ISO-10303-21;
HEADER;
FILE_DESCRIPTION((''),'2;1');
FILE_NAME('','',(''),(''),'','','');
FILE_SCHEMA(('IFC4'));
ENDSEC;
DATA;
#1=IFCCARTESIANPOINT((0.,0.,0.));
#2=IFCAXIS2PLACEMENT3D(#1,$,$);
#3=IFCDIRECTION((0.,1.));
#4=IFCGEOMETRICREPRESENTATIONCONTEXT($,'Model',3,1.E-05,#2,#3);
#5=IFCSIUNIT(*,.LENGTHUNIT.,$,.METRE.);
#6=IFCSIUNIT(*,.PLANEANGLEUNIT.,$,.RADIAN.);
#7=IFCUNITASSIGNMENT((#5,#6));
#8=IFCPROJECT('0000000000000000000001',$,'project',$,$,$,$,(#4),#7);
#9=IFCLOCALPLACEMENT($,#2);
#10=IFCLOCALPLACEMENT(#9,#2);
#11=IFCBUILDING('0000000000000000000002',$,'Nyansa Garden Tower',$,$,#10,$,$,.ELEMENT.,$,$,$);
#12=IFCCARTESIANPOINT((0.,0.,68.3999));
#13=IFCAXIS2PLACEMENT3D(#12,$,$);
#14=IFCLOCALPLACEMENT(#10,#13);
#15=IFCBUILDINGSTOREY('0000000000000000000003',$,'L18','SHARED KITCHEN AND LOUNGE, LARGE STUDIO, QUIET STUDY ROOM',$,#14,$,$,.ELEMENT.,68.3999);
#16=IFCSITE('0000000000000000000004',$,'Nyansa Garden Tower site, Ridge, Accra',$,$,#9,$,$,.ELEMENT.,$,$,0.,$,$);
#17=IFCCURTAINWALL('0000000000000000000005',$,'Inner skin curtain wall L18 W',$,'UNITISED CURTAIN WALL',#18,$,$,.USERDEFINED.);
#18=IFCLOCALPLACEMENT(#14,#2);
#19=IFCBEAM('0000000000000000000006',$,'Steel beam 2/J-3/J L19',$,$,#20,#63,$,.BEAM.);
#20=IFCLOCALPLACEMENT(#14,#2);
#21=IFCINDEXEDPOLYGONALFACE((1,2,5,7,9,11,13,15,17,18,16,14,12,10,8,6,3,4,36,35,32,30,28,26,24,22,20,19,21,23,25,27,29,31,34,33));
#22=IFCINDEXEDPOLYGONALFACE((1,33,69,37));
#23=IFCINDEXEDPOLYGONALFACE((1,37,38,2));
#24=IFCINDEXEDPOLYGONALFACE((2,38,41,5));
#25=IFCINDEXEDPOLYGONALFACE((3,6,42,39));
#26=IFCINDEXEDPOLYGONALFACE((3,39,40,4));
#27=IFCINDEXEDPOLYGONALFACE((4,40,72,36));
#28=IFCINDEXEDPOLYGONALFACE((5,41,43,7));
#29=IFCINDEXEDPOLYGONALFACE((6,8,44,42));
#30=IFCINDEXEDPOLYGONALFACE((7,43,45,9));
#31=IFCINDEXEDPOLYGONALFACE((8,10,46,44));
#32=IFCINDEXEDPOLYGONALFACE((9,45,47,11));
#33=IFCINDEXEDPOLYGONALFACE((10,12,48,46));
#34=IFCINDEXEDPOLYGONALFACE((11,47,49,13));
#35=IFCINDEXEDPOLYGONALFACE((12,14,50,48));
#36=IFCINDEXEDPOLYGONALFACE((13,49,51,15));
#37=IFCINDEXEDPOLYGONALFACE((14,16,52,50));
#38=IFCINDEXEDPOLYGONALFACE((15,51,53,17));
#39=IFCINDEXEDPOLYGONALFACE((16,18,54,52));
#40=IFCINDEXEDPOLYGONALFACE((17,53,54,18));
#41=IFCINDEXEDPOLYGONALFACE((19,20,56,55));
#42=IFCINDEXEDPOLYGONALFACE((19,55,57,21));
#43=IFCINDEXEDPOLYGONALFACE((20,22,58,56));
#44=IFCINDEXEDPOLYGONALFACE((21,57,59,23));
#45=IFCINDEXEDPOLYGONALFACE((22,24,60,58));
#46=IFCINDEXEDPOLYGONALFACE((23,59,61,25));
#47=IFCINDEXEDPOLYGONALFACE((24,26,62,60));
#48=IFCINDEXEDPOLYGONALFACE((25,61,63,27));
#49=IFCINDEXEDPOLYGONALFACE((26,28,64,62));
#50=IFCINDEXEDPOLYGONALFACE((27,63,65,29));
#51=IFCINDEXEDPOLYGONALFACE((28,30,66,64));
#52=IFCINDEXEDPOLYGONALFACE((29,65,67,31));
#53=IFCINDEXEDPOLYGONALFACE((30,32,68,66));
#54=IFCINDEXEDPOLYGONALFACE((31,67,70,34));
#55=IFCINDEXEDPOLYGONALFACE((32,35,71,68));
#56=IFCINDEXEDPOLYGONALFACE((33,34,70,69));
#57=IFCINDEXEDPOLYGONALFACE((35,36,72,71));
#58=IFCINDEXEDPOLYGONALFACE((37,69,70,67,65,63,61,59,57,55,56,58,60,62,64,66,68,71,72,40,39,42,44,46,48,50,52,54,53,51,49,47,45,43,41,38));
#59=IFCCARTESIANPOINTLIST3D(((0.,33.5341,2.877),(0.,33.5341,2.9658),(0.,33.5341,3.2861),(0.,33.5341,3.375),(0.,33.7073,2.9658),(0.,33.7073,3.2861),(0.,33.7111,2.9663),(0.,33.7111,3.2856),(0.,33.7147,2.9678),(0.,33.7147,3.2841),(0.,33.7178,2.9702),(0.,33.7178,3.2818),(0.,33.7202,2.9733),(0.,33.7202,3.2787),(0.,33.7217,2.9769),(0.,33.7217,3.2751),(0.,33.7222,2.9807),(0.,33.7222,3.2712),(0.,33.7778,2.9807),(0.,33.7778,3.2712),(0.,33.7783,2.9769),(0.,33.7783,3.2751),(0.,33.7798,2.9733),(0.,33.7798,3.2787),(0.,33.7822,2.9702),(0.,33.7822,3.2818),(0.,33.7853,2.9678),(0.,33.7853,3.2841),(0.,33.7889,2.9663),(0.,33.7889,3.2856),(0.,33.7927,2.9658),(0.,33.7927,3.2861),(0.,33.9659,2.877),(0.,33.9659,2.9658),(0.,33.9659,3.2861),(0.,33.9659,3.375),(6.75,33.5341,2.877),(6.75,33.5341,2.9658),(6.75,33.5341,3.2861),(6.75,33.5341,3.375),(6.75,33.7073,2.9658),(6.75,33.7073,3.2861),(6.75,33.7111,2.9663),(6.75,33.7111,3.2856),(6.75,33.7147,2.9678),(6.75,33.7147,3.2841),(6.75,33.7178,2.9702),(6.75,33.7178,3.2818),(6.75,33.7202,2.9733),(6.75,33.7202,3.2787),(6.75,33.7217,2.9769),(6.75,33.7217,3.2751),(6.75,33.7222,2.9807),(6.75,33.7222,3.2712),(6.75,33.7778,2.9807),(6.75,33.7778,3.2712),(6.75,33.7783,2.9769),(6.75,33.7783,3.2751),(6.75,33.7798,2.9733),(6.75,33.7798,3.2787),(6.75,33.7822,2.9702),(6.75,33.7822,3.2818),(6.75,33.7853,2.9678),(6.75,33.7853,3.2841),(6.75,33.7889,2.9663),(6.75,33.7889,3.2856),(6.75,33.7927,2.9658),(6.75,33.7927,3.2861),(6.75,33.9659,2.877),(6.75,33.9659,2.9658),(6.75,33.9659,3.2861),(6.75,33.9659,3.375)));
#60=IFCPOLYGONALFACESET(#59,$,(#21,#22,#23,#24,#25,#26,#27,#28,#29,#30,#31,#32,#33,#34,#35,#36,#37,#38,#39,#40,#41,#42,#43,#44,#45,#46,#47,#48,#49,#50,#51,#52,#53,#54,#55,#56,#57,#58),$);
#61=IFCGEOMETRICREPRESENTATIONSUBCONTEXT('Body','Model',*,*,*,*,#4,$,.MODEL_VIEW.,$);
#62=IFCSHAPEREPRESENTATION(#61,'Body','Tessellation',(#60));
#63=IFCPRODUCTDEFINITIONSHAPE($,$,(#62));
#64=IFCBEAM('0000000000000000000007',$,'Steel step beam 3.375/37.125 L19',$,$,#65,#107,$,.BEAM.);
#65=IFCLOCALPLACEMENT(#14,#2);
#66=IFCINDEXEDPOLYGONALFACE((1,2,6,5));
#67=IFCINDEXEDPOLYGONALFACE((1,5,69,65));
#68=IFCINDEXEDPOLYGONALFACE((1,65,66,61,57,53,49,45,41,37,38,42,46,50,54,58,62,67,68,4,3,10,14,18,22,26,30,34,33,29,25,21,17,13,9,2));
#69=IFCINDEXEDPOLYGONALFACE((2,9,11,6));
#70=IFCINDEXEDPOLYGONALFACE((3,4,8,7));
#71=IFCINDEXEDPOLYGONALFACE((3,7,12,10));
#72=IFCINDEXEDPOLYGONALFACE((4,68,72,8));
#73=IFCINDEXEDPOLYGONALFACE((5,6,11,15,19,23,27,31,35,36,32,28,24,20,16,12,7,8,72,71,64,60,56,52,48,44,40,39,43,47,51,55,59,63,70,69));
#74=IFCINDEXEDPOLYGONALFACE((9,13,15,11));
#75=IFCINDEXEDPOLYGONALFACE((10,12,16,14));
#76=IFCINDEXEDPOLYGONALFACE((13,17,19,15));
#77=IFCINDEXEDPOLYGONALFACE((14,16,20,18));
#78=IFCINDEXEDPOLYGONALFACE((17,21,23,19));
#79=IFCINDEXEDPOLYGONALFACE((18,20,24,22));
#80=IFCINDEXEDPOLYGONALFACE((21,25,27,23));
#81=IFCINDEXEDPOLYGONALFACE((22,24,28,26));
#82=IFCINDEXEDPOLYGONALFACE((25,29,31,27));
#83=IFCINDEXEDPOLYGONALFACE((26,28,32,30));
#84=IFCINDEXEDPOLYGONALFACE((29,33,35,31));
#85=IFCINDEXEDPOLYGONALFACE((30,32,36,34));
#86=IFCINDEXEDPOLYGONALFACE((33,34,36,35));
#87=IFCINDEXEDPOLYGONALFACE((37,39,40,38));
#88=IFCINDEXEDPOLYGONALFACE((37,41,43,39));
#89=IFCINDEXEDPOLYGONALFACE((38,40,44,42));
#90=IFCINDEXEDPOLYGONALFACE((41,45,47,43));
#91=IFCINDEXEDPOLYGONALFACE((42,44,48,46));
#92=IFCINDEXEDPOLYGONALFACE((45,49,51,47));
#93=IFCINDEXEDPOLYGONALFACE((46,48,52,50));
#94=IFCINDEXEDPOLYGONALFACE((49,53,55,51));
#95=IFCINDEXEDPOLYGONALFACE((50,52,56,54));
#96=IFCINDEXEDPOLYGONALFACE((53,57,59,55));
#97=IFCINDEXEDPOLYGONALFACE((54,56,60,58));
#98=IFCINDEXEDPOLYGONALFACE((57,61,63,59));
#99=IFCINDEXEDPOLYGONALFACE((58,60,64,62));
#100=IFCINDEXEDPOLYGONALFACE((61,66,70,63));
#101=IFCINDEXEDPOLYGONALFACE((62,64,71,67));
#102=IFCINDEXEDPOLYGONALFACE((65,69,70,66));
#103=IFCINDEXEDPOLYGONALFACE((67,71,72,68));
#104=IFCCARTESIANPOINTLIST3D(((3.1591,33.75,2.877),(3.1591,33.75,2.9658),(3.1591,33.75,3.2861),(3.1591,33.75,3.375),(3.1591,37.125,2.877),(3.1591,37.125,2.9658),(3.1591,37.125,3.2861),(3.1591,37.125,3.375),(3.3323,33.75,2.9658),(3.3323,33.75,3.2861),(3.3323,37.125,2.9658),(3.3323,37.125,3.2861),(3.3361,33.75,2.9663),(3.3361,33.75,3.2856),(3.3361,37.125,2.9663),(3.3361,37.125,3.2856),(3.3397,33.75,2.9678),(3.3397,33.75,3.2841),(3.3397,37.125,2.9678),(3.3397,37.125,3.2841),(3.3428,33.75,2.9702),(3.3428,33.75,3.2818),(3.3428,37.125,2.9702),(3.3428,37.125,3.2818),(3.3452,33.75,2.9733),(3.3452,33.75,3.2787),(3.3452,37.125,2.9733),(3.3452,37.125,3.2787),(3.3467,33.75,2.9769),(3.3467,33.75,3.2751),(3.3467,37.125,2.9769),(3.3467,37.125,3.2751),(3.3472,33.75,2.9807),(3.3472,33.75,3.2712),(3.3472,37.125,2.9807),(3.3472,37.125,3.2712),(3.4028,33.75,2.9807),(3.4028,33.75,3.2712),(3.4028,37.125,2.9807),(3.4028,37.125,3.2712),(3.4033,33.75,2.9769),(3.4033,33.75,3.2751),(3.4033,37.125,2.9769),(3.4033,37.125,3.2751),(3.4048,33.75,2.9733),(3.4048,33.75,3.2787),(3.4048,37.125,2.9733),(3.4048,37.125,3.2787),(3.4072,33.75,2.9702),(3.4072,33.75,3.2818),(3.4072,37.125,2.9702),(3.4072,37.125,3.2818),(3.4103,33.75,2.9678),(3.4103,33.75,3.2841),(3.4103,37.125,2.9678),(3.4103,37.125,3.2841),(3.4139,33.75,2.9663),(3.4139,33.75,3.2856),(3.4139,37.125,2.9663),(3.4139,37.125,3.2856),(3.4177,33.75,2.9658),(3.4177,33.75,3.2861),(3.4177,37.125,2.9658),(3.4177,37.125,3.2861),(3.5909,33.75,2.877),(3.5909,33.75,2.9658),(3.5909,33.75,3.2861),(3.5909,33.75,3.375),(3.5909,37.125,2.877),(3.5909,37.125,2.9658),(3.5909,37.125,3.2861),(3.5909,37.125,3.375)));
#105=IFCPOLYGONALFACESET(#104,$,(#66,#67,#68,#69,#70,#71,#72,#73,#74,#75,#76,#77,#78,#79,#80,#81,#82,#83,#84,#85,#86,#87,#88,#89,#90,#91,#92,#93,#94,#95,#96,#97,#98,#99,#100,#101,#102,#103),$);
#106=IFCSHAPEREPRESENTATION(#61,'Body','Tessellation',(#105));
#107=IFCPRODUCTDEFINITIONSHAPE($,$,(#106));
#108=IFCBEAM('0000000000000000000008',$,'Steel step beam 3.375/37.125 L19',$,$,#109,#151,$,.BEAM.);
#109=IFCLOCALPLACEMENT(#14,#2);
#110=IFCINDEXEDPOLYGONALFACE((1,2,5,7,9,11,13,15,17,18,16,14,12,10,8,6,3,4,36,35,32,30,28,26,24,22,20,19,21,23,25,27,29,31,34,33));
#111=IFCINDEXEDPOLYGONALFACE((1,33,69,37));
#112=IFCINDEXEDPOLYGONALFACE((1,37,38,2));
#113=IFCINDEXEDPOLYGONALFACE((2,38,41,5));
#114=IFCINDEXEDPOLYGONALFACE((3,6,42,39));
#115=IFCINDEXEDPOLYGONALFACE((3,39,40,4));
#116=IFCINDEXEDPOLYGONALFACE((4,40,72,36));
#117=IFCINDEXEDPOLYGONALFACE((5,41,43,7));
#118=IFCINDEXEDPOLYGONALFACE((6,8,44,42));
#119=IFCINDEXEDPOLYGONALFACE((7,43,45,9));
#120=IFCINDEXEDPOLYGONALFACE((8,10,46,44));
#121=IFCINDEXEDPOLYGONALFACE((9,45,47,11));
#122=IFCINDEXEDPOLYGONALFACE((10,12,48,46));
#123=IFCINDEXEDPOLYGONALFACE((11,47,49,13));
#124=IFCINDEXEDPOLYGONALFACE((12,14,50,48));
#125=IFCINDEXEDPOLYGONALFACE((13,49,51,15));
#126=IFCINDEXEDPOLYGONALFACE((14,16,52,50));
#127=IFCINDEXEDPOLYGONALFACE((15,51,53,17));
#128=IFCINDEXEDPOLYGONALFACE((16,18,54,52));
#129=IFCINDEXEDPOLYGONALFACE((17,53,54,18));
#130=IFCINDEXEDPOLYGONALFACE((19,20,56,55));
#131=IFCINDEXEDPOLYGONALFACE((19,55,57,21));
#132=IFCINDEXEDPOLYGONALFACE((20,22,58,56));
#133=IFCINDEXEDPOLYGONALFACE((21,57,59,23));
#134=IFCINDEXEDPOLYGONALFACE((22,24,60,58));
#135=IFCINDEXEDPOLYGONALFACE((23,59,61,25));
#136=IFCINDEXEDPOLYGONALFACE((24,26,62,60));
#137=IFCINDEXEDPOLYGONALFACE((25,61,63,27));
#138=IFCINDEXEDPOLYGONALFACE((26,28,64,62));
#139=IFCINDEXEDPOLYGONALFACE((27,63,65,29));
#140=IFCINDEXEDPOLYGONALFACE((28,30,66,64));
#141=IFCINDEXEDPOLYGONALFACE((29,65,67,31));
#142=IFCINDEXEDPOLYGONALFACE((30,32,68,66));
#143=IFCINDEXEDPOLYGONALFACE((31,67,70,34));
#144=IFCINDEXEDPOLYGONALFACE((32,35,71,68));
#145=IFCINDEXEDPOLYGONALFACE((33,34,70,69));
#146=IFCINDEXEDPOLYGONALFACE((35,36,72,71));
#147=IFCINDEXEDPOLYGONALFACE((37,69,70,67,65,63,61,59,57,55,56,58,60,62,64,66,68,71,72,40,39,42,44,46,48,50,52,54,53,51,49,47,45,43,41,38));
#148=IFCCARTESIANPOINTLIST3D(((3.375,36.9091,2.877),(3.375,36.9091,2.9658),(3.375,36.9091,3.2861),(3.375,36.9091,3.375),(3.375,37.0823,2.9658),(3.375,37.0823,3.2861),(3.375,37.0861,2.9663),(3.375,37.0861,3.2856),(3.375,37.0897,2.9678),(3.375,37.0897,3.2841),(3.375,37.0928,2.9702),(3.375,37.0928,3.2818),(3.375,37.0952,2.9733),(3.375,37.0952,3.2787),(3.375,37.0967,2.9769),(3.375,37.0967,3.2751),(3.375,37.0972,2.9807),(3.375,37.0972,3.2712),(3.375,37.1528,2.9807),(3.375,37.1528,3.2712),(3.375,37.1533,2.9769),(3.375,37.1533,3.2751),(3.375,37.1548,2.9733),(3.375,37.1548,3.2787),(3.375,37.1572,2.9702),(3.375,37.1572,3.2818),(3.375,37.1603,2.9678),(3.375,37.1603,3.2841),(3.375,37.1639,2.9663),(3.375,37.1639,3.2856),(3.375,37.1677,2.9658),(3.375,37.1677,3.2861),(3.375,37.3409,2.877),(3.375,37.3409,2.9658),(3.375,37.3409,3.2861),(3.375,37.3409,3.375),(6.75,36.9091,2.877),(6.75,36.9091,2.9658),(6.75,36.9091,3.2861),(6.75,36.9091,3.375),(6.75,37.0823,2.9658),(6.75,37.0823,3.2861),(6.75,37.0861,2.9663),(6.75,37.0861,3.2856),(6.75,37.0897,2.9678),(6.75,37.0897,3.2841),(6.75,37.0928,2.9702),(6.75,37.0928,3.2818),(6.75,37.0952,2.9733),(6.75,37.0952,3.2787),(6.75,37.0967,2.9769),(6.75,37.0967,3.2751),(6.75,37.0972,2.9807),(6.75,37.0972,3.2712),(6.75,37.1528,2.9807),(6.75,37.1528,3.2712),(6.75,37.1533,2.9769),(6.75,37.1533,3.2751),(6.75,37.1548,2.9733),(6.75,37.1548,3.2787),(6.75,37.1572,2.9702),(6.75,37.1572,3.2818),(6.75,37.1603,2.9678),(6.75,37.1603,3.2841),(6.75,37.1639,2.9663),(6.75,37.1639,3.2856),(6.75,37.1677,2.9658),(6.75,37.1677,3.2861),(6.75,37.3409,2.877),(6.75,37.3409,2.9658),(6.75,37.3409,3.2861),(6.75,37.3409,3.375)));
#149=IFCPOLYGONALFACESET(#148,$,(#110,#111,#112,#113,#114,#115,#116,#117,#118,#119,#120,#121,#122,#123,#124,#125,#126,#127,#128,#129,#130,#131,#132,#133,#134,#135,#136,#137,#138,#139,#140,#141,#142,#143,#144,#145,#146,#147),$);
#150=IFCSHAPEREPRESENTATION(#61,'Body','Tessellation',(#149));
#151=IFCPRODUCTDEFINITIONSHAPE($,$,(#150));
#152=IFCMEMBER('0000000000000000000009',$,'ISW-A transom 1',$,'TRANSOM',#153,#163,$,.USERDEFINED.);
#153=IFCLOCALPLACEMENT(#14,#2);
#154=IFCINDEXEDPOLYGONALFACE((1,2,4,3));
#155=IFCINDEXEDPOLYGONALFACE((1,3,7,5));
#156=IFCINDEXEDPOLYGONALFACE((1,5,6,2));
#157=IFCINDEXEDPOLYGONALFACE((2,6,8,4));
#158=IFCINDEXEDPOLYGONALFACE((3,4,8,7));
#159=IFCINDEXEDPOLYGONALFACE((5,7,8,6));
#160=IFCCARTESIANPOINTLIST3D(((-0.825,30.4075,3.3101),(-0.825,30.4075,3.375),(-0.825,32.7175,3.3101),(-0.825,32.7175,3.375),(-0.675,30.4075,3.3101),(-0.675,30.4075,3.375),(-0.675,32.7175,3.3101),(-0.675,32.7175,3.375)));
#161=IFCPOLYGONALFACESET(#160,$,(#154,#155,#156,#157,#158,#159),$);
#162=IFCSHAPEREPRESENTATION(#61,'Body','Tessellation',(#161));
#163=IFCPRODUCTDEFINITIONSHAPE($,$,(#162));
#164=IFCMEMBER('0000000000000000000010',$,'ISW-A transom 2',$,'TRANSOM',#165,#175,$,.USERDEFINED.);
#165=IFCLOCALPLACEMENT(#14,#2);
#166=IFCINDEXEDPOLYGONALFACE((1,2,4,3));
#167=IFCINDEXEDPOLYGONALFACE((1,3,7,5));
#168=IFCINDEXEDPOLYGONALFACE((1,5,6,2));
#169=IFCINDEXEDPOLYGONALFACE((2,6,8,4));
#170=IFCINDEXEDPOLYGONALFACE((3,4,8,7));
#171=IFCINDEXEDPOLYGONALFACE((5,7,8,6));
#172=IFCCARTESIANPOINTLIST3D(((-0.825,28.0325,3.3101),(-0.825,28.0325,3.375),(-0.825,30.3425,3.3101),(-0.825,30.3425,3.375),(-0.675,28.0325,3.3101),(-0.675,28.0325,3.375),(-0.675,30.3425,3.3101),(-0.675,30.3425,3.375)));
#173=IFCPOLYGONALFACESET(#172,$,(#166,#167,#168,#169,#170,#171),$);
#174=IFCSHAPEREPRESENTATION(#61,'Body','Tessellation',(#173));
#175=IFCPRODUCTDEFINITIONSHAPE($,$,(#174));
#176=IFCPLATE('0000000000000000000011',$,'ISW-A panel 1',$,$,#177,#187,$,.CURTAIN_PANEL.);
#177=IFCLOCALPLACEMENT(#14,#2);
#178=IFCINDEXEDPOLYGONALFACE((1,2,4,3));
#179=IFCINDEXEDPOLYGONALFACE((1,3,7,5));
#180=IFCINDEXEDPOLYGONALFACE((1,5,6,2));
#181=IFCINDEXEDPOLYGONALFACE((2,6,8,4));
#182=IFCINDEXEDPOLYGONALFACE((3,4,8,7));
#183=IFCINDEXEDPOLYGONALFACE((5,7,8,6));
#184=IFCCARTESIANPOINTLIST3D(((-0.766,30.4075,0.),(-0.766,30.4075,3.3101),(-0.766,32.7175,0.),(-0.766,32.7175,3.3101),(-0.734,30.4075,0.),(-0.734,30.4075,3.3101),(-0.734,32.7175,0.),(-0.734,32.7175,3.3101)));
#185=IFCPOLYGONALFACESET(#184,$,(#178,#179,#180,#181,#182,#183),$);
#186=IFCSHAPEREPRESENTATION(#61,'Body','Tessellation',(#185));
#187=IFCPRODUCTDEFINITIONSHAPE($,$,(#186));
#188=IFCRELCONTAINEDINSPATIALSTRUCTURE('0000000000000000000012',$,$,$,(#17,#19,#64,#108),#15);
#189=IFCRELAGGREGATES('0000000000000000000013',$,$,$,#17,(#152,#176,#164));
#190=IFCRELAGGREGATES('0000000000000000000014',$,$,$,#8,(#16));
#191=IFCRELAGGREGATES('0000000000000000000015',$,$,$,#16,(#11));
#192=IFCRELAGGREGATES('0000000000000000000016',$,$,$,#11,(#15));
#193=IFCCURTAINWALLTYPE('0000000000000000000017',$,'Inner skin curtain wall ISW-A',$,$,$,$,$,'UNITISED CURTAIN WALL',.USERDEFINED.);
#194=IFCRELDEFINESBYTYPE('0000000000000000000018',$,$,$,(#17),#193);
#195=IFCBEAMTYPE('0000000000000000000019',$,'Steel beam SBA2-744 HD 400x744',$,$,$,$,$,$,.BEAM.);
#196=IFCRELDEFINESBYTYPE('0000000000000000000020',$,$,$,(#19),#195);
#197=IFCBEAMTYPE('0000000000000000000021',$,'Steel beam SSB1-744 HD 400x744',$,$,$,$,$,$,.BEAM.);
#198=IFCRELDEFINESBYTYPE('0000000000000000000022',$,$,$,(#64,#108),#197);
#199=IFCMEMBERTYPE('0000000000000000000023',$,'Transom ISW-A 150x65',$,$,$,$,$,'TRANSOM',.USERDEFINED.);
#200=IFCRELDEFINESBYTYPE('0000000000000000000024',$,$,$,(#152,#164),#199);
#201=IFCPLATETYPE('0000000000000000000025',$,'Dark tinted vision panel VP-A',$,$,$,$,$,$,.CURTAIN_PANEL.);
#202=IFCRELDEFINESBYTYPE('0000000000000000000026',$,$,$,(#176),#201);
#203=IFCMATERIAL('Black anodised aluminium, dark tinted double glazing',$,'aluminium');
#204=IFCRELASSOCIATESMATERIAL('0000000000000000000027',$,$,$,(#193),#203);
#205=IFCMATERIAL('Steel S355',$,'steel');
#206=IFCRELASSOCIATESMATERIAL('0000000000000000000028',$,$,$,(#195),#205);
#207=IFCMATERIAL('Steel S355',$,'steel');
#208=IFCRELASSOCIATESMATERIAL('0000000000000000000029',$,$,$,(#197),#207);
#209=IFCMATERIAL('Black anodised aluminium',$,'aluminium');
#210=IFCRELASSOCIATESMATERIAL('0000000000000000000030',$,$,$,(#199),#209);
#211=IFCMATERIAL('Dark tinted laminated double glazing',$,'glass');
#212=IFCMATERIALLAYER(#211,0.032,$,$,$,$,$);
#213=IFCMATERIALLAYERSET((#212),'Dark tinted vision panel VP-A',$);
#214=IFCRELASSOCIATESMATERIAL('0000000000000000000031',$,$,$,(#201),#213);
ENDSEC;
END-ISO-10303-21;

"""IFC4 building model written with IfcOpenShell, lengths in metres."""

from ifc_helpers import new_model, si_unit, direction, frame, origin, origin_2d, place, context, subcontext, project, spatial, rectangle, i_section, extrude, material, layer, layer_set, material_profile, profile_set, type_object, element, aggregate, save


model = new_model("IFC4")

# Units and contexts
model_context = context("Model", 3, precision=1e-05, world=origin(), true_north=direction((0.0, 1.0)))
body_context = subcontext(model_context, "Body", "Model", "MODEL_VIEW")
ifc_project = project(units=[si_unit("LENGTHUNIT", "METRE"), si_unit("PLANEANGLEUNIT", "RADIAN")], contexts=[model_context])

# Site, building, storey
site_placement = place(None, origin())
site = spatial("IfcSite", under=ifc_project, at=site_placement, Name="Nyansa Garden Tower site, Ridge, Accra", CompositionType="ELEMENT", RefElevation=0.0)
building_placement = place(site_placement, origin())
building = spatial("IfcBuilding", under=site, at=building_placement, Name="Nyansa Garden Tower", CompositionType="ELEMENT")
storey_placement = place(building_placement, frame((0.0, 0.0, 68.3999)))
storey = spatial("IfcBuildingStorey", under=building, at=storey_placement, Name="L18", Description="SHARED KITCHEN AND LOUNGE, LARGE STUDIO, QUIET STUDY ROOM", CompositionType="ELEMENT", Elevation=68.3999)

# Curtain wall
ifc_material_1 = material(Name="Black anodised aluminium, dark tinted double glazing", Category="aluminium")
curtain_wall_type = type_object("IfcCurtainWallType", Name="Inner skin curtain wall ISW-A", ElementType="UNITISED CURTAIN WALL", PredefinedType="USERDEFINED", material=ifc_material_1)
curtain_wall_placement = place(storey_placement, origin())
curtain_wall = element("IfcCurtainWall", 1, at=curtain_wall_placement, inside=storey, type_object=curtain_wall_type, Name="Inner skin curtain wall L18 W", ObjectType="UNITISED CURTAIN WALL", PredefinedType="USERDEFINED")

# Beams
ifc_material_2 = material(Name="Steel S355", Category="steel")
ifc_material_profile_1 = material_profile(ifc_material_2, i_section(OverallWidth=0.4319, OverallDepth=0.498, WebThickness=0.0557, FlangeThickness=0.0889, FilletRadius=0.0149, at=origin_2d()), Name="HD 400x744")
ifc_profile_set_1 = profile_set([ifc_material_profile_1], Name="Steel S355")
beam_type_1 = type_object("IfcBeamType", Name="Steel beam SBA2-744 HD 400x744", PredefinedType="BEAM", material=ifc_profile_set_1)
for number, where, z_axis, x_axis, name in (
    (2, (0.0, 33.75, 3.126), (1.0, 0.0, 0.0), (0.0, 1.0, 0.0), "Steel beam 2/J-3/J L19"),
):
    element("IfcBeam", number, at=place(storey_placement, frame(where, z_axis=z_axis, x_axis=x_axis)), inside=storey, type_object=beam_type_1, Name=name, PredefinedType="BEAM", context=body_context, shape_type="SweptSolid", body=[
        extrude(i_section(OverallWidth=0.4319, OverallDepth=0.498, WebThickness=0.0557, FlangeThickness=0.0889, FilletRadius=0.0149, at=origin_2d()), origin(), (0.0, 0.0, 1.0), 6.75),
    ])
ifc_material_3 = material(Name="Steel S355", Category="steel")
ifc_material_profile_2 = material_profile(ifc_material_3, i_section(OverallWidth=0.4319, OverallDepth=0.498, WebThickness=0.0557, FlangeThickness=0.0889, FilletRadius=0.0149, at=origin_2d()), Name="HD 400x744")
ifc_profile_set_2 = profile_set([ifc_material_profile_2], Name="Steel S355")
beam_type_2 = type_object("IfcBeamType", Name="Steel beam SSB1-744 HD 400x744", PredefinedType="BEAM", material=ifc_profile_set_2)
for number, where, z_axis, x_axis, name in (
    (3, (3.375, 37.125, 3.126), (0.0, -1.0, 0.0), (1.0, 0.0, 0.0), "Steel step beam 3.375/37.125 L19"),
    (4, (3.375, 37.125, 3.126), (1.0, 0.0, 0.0), (0.0, 1.0, 0.0), "Steel step beam 3.375/37.125 L19"),
):
    element("IfcBeam", number, at=place(storey_placement, frame(where, z_axis=z_axis, x_axis=x_axis)), inside=storey, type_object=beam_type_2, Name=name, PredefinedType="BEAM", context=body_context, shape_type="SweptSolid", body=[
        extrude(i_section(OverallWidth=0.4319, OverallDepth=0.498, WebThickness=0.0557, FlangeThickness=0.0889, FilletRadius=0.0149, at=origin_2d()), origin(), (0.0, 0.0, 1.0), 3.375),
    ])

# Members
ifc_material_4 = material(Name="Black anodised aluminium", Category="aluminium")
ifc_material_profile_3 = material_profile(ifc_material_4, rectangle(XDim=0.1499, YDim=0.0649, at=origin_2d()), Name="Transom 150x65")
ifc_profile_set_3 = profile_set([ifc_material_profile_3], Name="Black anodised aluminium")
member_type_1 = type_object("IfcMemberType", Name="Transom ISW-A 150x65", ElementType="TRANSOM", PredefinedType="USERDEFINED", material=ifc_profile_set_3)
member_1_placement = place(storey_placement, frame((-0.75, 32.7175, 3.3425), z_axis=(0.0, -1.0, 0.0), x_axis=(1.0, 0.0, 0.0)))
member_1 = element("IfcMember", 5, at=member_1_placement, type_object=member_type_1, Name="ISW-A transom 1", ObjectType="TRANSOM", PredefinedType="USERDEFINED", context=body_context, shape_type="SweptSolid", body=[
    extrude(rectangle(XDim=0.1499, YDim=0.0649, at=origin_2d()), origin(), (0.0, 0.0, 1.0), 2.3101),
])
member_2_placement = place(storey_placement, frame((-0.75, 30.3425, 3.3425), z_axis=(0.0, -1.0, 0.0), x_axis=(1.0, 0.0, 0.0)))
member_2 = element("IfcMember", 6, at=member_2_placement, type_object=member_type_1, Name="ISW-A transom 2", ObjectType="TRANSOM", PredefinedType="USERDEFINED", context=body_context, shape_type="SweptSolid", body=[
    extrude(rectangle(XDim=0.1499, YDim=0.0649, at=origin_2d()), origin(), (0.0, 0.0, 1.0), 2.3101),
])

# Plate
ifc_material_5 = material(Name="Dark tinted laminated double glazing", Category="glass")
ifc_layer_1 = layer(ifc_material_5, 0.032)
ifc_layer_set_1 = layer_set([ifc_layer_1], Name="Dark tinted vision panel VP-A")
plate_type = type_object("IfcPlateType", Name="Dark tinted vision panel VP-A", PredefinedType="CURTAIN_PANEL", material=ifc_layer_set_1)
plate_1_placement = place(storey_placement, frame((-0.75, 31.5625, 0.0), z_axis=(0.0, 0.0, 1.0), x_axis=(0.0, -1.0, 0.0)))
plate_1 = element("IfcPlate", 7, at=plate_1_placement, type_object=plate_type, Name="ISW-A panel 1", PredefinedType="CURTAIN_PANEL", context=body_context, shape_type="SweptSolid", body=[
    extrude(rectangle(XDim=2.3101, YDim=0.032, at=origin_2d()), origin(), (0.0, 0.0, 1.0), 3.3101),
])
aggregate(curtain_wall, [member_1, plate_1, member_2])

save(model, "model.ifc")
